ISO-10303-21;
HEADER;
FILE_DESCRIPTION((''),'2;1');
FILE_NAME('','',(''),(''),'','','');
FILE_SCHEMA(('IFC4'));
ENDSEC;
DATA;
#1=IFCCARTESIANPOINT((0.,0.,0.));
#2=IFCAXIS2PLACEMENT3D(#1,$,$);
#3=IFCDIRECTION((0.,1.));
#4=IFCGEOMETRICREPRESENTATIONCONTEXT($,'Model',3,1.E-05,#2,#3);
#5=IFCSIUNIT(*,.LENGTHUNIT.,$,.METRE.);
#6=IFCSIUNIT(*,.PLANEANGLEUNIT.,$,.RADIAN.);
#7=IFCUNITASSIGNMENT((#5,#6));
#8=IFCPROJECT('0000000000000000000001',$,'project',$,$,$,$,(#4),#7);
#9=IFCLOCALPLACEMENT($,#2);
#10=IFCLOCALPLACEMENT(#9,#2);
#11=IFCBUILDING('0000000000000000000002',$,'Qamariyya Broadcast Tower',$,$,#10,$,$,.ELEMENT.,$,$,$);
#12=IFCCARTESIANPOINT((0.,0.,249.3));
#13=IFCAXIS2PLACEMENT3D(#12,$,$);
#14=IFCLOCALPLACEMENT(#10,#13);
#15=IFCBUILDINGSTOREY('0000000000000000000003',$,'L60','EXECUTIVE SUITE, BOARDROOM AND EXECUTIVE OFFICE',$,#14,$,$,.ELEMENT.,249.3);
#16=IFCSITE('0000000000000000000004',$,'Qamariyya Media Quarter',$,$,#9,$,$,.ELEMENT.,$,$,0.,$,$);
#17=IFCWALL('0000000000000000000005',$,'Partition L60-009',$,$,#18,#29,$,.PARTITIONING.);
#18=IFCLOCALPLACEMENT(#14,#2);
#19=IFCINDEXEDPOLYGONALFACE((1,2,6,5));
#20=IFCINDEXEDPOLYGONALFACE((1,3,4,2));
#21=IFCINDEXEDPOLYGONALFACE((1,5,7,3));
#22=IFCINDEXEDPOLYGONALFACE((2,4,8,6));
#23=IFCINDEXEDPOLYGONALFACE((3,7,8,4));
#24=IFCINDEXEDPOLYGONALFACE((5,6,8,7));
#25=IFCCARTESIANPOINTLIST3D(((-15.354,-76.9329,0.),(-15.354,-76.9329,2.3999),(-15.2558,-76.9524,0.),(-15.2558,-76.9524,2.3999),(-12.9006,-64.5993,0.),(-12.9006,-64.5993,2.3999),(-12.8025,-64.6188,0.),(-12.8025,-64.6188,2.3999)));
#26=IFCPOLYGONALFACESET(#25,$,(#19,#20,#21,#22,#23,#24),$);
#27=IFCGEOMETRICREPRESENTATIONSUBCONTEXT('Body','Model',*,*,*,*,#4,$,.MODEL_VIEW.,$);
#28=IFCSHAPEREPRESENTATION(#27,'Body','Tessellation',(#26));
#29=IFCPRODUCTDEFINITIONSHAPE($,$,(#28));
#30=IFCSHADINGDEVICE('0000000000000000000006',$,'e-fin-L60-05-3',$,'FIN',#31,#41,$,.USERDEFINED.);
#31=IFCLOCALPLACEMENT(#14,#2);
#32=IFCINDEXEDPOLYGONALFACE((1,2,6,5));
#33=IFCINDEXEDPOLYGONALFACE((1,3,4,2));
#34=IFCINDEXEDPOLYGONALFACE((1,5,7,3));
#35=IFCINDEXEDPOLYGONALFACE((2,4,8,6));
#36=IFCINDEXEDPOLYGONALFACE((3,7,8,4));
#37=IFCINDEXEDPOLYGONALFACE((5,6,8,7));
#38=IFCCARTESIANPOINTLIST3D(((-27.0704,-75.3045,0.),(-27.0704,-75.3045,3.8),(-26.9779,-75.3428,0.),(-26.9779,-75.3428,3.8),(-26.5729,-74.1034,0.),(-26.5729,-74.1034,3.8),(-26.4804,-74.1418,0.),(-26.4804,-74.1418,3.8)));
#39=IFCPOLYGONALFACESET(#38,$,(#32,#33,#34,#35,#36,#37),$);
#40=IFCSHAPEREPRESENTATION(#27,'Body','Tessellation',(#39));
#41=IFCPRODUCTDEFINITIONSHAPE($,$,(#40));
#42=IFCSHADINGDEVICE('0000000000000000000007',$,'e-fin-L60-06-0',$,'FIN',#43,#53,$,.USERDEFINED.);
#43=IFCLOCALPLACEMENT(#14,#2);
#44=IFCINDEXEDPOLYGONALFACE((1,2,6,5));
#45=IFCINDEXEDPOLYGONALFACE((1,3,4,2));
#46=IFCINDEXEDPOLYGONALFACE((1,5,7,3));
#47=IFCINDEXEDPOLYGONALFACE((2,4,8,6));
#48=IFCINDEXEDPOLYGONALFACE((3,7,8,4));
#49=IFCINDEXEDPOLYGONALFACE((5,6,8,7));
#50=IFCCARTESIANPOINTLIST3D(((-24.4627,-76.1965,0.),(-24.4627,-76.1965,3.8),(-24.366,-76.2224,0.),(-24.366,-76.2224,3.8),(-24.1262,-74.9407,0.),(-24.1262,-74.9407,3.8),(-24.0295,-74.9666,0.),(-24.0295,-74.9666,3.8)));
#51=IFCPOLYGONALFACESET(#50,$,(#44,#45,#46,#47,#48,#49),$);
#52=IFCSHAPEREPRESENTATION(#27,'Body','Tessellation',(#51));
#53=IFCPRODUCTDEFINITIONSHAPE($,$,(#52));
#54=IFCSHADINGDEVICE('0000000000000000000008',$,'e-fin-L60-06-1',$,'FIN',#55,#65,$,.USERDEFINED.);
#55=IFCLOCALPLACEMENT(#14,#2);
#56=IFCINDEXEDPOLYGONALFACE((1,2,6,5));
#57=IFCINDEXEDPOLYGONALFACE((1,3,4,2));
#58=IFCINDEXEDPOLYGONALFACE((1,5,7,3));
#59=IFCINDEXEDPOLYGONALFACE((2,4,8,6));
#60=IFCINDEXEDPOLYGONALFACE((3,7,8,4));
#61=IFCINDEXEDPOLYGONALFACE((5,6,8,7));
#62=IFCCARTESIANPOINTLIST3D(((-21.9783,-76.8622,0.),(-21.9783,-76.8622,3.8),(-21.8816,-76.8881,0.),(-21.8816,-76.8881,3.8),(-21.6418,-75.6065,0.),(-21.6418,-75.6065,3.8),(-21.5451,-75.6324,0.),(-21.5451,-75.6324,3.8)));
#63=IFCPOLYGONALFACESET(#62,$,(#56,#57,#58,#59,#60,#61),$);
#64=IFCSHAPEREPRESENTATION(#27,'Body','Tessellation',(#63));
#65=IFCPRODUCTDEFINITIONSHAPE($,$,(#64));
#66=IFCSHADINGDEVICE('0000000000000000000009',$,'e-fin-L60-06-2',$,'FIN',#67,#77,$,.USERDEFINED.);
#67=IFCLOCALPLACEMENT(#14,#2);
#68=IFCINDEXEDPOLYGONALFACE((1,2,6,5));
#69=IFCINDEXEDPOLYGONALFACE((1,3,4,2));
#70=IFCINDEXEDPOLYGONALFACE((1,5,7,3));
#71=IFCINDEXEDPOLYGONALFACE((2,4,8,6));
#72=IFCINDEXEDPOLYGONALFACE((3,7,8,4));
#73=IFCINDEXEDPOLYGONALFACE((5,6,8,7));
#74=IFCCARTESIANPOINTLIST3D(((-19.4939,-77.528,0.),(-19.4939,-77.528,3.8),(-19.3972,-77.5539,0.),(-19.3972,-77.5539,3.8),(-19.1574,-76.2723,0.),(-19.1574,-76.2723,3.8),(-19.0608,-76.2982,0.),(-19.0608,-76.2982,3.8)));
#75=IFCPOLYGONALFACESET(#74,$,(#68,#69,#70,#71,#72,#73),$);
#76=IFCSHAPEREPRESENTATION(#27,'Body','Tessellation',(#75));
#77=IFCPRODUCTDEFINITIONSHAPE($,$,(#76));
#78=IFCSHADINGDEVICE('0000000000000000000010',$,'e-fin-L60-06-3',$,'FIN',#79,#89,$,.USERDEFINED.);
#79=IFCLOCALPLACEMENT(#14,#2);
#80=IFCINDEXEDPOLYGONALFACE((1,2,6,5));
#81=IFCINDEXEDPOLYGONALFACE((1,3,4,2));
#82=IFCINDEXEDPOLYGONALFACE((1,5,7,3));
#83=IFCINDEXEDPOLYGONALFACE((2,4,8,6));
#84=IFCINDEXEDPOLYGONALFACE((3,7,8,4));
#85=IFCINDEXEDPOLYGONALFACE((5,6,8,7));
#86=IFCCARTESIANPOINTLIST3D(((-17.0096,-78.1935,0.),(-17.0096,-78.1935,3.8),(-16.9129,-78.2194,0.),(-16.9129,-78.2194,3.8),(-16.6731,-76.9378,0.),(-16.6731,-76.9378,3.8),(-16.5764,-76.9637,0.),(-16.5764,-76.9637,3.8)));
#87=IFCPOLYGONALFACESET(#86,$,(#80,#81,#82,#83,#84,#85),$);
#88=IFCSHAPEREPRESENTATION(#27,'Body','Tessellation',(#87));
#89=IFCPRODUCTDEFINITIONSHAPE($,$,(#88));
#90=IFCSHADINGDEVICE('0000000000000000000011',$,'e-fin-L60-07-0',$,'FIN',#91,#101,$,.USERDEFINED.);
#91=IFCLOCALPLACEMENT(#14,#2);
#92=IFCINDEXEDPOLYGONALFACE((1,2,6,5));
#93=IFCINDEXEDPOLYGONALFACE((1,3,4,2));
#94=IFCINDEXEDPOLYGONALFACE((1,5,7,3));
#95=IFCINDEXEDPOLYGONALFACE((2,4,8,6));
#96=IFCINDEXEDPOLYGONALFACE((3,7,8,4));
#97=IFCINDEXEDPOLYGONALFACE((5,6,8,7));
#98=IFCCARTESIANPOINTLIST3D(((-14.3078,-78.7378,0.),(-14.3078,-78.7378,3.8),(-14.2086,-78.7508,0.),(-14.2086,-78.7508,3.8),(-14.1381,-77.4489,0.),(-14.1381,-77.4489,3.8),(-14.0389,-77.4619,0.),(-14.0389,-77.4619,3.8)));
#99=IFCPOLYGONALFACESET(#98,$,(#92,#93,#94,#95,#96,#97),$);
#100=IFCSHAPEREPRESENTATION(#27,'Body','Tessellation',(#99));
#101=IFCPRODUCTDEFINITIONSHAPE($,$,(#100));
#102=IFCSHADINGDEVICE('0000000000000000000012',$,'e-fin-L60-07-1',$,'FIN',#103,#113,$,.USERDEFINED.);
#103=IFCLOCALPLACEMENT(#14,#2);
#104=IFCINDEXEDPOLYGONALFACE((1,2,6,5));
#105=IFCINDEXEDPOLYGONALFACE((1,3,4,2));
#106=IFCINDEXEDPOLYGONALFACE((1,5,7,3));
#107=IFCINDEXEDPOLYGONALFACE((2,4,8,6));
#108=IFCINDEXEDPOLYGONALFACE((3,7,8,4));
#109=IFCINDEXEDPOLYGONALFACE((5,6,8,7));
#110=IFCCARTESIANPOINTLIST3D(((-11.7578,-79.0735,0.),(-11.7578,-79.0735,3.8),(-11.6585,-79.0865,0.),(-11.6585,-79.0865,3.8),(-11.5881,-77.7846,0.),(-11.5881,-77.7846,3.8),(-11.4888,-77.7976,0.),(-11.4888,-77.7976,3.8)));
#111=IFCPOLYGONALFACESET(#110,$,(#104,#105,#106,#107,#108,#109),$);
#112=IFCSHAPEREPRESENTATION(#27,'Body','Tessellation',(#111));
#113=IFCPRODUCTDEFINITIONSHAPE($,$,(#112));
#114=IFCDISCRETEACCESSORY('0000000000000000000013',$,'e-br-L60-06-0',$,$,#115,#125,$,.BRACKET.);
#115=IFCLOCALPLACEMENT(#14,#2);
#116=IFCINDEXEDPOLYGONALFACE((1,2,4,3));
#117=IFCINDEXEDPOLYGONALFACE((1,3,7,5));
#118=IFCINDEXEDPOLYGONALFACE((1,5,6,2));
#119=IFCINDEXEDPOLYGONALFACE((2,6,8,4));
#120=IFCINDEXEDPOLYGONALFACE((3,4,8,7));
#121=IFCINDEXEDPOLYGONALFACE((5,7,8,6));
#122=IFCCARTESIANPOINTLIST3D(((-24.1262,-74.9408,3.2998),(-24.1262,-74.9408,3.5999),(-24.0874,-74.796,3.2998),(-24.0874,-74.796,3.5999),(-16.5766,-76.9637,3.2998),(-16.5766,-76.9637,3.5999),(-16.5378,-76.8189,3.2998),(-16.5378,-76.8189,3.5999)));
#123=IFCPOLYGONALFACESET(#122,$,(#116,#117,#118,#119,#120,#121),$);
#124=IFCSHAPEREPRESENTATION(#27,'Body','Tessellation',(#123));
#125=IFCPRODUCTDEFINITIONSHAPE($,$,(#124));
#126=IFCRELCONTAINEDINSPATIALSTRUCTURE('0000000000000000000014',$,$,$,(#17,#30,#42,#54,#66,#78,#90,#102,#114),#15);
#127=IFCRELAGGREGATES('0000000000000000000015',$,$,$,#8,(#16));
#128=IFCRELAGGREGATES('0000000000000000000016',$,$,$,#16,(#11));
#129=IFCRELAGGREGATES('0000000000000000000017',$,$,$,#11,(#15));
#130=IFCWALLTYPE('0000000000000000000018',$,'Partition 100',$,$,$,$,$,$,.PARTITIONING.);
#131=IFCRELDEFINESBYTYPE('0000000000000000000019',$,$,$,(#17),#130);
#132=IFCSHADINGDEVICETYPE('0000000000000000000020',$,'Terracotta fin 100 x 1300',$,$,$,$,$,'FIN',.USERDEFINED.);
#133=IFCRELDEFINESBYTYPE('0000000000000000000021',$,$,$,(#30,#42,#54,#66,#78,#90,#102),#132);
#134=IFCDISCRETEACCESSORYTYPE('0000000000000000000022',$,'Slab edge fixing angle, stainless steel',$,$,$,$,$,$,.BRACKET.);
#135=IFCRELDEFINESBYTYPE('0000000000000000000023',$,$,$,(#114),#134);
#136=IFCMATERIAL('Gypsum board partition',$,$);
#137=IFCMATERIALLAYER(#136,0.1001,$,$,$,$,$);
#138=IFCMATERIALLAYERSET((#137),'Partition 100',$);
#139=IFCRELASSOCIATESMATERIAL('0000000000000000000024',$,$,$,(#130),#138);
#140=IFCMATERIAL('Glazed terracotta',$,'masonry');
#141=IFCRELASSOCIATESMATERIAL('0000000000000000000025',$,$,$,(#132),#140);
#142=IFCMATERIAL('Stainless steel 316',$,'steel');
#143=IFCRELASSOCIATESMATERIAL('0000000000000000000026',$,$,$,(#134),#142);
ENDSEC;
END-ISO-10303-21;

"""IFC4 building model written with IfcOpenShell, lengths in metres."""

from ifc_helpers import new_model, si_unit, direction, frame, frame_2d, origin, origin_2d, place, context, subcontext, project, spatial, rectangle, extrude, material, layer, layer_set, material_profile, profile_set, type_object, element, save


model = new_model("IFC4")

# Units and contexts
model_context = context("Model", 3, precision=1e-05, world=origin(), true_north=direction((0.0, 1.0)))
body_context = subcontext(model_context, "Body", "Model", "MODEL_VIEW")
ifc_project = project(units=[si_unit("LENGTHUNIT", "METRE"), si_unit("PLANEANGLEUNIT", "RADIAN")], contexts=[model_context])

# Site, building, storey
site_placement = place(None, origin())
site = spatial("IfcSite", under=ifc_project, at=site_placement, Name="Qamariyya Media Quarter", CompositionType="ELEMENT", RefElevation=0.0)
building_placement = place(site_placement, origin())
building = spatial("IfcBuilding", under=site, at=building_placement, Name="Qamariyya Broadcast Tower", CompositionType="ELEMENT")
storey_placement = place(building_placement, frame((0.0, 0.0, 249.3)))
storey = spatial("IfcBuildingStorey", under=building, at=storey_placement, Name="L60", Description="EXECUTIVE SUITE, BOARDROOM AND EXECUTIVE OFFICE", CompositionType="ELEMENT", Elevation=249.3)

# Shared definitions
ifc_material_1 = material(Name="Gypsum board partition")

# Wall
ifc_layer_1 = layer(ifc_material_1, 0.1001)
ifc_layer_set_1 = layer_set([ifc_layer_1], Name="Partition 100")
wall_type_1 = type_object("IfcWallType", Name="Partition 100", PredefinedType="PARTITIONING", material=ifc_layer_set_1)
wall_1_placement = place(storey_placement, frame((-15.3049, -76.9426, 0.0), z_axis=(0.0, 0.0, 1.0), x_axis=(0.195097, 0.980784, 0.0)))
element("IfcWall", 1, at=wall_1_placement, inside=storey, type_object=wall_type_1, Name="Partition L60-009", PredefinedType="PARTITIONING", context=body_context, shape_type="SweptSolid", body=[
    extrude(rectangle(XDim=12.5752, YDim=0.1001, at=frame_2d((6.2876, 0.0))), origin(), (0.0, 0.0, 1.0), 2.3999),
])

# Shading devices
ifc_material_2 = material(Name="Glazed terracotta", Category="masonry")
ifc_material_profile_1 = material_profile(ifc_material_2, rectangle(XDim=1.3, YDim=0.1001, at=origin_2d()))
ifc_profile_set_1 = profile_set([ifc_material_profile_1], Name="Glazed terracotta")
shading_device_type_1 = type_object("IfcShadingDeviceType", Name="Terracotta fin 100 x 1300", ElementType="FIN", PredefinedType="USERDEFINED", material=ifc_profile_set_1)
for number, where, z_axis, x_axis, name in (
    (2, (-26.7754, -74.7231, 0.0), (0.0, 0.0, 1.0), (-0.382683, -0.92388, 0.0), "e-fin-L60-05-3"),
    (3, (-24.2461, -75.5815, 0.0), (0.0, 0.0, 1.0), (-0.258819, -0.965926, 0.0), "e-fin-L60-06-0"),
    (4, (-21.7617, -76.2473, 0.0), (0.0, 0.0, 1.0), (-0.258819, -0.965926, 0.0), "e-fin-L60-06-1"),
    (5, (-19.2773, -76.9131, 0.0), (0.0, 0.0, 1.0), (-0.258819, -0.965926, 0.0), "e-fin-L60-06-2"),
    (6, (-16.793, -77.5786, 0.0), (0.0, 0.0, 1.0), (-0.258819, -0.965926, 0.0), "e-fin-L60-06-3"),
    (7, (-14.1733, -78.0999, 0.0), (0.0, 0.0, 1.0), (-0.130526, -0.991445, 0.0), "e-fin-L60-07-0"),
    (8, (-11.6233, -78.4355, 0.0), (0.0, 0.0, 1.0), (-0.130526, -0.991445, 0.0), "e-fin-L60-07-1"),
):
    element("IfcShadingDevice", number, at=place(storey_placement, frame(where, z_axis=z_axis, x_axis=x_axis)), inside=storey, type_object=shading_device_type_1, Name=name, ObjectType="FIN", PredefinedType="USERDEFINED", context=body_context, shape_type="SweptSolid", body=[
        extrude(rectangle(XDim=1.3, YDim=0.1001, at=origin_2d()), origin(), (0.0, 0.0, 1.0), 3.8),
    ])

# Discrete accessory
ifc_material_3 = material(Name="Stainless steel 316", Category="steel")
discrete_accessory_type = type_object("IfcDiscreteAccessoryType", Name="Slab edge fixing angle, stainless steel", PredefinedType="BRACKET", material=ifc_material_3)
discrete_accessory_placement = place(storey_placement, frame((-20.332, -75.8799, 3.2998), z_axis=(0.0, 0.0, 1.0), x_axis=(0.965926, -0.258819, 0.0)))
element("IfcDiscreteAccessory", 9, at=discrete_accessory_placement, inside=storey, type_object=discrete_accessory_type, Name="e-br-L60-06-0", PredefinedType="BRACKET", context=body_context, shape_type="SweptSolid", body=[
    extrude(rectangle(XDim=7.8159, YDim=0.1499, at=origin_2d()), origin(), (0.0, 0.0, 1.0), 0.3),
])

save(model, "model.ifc")
